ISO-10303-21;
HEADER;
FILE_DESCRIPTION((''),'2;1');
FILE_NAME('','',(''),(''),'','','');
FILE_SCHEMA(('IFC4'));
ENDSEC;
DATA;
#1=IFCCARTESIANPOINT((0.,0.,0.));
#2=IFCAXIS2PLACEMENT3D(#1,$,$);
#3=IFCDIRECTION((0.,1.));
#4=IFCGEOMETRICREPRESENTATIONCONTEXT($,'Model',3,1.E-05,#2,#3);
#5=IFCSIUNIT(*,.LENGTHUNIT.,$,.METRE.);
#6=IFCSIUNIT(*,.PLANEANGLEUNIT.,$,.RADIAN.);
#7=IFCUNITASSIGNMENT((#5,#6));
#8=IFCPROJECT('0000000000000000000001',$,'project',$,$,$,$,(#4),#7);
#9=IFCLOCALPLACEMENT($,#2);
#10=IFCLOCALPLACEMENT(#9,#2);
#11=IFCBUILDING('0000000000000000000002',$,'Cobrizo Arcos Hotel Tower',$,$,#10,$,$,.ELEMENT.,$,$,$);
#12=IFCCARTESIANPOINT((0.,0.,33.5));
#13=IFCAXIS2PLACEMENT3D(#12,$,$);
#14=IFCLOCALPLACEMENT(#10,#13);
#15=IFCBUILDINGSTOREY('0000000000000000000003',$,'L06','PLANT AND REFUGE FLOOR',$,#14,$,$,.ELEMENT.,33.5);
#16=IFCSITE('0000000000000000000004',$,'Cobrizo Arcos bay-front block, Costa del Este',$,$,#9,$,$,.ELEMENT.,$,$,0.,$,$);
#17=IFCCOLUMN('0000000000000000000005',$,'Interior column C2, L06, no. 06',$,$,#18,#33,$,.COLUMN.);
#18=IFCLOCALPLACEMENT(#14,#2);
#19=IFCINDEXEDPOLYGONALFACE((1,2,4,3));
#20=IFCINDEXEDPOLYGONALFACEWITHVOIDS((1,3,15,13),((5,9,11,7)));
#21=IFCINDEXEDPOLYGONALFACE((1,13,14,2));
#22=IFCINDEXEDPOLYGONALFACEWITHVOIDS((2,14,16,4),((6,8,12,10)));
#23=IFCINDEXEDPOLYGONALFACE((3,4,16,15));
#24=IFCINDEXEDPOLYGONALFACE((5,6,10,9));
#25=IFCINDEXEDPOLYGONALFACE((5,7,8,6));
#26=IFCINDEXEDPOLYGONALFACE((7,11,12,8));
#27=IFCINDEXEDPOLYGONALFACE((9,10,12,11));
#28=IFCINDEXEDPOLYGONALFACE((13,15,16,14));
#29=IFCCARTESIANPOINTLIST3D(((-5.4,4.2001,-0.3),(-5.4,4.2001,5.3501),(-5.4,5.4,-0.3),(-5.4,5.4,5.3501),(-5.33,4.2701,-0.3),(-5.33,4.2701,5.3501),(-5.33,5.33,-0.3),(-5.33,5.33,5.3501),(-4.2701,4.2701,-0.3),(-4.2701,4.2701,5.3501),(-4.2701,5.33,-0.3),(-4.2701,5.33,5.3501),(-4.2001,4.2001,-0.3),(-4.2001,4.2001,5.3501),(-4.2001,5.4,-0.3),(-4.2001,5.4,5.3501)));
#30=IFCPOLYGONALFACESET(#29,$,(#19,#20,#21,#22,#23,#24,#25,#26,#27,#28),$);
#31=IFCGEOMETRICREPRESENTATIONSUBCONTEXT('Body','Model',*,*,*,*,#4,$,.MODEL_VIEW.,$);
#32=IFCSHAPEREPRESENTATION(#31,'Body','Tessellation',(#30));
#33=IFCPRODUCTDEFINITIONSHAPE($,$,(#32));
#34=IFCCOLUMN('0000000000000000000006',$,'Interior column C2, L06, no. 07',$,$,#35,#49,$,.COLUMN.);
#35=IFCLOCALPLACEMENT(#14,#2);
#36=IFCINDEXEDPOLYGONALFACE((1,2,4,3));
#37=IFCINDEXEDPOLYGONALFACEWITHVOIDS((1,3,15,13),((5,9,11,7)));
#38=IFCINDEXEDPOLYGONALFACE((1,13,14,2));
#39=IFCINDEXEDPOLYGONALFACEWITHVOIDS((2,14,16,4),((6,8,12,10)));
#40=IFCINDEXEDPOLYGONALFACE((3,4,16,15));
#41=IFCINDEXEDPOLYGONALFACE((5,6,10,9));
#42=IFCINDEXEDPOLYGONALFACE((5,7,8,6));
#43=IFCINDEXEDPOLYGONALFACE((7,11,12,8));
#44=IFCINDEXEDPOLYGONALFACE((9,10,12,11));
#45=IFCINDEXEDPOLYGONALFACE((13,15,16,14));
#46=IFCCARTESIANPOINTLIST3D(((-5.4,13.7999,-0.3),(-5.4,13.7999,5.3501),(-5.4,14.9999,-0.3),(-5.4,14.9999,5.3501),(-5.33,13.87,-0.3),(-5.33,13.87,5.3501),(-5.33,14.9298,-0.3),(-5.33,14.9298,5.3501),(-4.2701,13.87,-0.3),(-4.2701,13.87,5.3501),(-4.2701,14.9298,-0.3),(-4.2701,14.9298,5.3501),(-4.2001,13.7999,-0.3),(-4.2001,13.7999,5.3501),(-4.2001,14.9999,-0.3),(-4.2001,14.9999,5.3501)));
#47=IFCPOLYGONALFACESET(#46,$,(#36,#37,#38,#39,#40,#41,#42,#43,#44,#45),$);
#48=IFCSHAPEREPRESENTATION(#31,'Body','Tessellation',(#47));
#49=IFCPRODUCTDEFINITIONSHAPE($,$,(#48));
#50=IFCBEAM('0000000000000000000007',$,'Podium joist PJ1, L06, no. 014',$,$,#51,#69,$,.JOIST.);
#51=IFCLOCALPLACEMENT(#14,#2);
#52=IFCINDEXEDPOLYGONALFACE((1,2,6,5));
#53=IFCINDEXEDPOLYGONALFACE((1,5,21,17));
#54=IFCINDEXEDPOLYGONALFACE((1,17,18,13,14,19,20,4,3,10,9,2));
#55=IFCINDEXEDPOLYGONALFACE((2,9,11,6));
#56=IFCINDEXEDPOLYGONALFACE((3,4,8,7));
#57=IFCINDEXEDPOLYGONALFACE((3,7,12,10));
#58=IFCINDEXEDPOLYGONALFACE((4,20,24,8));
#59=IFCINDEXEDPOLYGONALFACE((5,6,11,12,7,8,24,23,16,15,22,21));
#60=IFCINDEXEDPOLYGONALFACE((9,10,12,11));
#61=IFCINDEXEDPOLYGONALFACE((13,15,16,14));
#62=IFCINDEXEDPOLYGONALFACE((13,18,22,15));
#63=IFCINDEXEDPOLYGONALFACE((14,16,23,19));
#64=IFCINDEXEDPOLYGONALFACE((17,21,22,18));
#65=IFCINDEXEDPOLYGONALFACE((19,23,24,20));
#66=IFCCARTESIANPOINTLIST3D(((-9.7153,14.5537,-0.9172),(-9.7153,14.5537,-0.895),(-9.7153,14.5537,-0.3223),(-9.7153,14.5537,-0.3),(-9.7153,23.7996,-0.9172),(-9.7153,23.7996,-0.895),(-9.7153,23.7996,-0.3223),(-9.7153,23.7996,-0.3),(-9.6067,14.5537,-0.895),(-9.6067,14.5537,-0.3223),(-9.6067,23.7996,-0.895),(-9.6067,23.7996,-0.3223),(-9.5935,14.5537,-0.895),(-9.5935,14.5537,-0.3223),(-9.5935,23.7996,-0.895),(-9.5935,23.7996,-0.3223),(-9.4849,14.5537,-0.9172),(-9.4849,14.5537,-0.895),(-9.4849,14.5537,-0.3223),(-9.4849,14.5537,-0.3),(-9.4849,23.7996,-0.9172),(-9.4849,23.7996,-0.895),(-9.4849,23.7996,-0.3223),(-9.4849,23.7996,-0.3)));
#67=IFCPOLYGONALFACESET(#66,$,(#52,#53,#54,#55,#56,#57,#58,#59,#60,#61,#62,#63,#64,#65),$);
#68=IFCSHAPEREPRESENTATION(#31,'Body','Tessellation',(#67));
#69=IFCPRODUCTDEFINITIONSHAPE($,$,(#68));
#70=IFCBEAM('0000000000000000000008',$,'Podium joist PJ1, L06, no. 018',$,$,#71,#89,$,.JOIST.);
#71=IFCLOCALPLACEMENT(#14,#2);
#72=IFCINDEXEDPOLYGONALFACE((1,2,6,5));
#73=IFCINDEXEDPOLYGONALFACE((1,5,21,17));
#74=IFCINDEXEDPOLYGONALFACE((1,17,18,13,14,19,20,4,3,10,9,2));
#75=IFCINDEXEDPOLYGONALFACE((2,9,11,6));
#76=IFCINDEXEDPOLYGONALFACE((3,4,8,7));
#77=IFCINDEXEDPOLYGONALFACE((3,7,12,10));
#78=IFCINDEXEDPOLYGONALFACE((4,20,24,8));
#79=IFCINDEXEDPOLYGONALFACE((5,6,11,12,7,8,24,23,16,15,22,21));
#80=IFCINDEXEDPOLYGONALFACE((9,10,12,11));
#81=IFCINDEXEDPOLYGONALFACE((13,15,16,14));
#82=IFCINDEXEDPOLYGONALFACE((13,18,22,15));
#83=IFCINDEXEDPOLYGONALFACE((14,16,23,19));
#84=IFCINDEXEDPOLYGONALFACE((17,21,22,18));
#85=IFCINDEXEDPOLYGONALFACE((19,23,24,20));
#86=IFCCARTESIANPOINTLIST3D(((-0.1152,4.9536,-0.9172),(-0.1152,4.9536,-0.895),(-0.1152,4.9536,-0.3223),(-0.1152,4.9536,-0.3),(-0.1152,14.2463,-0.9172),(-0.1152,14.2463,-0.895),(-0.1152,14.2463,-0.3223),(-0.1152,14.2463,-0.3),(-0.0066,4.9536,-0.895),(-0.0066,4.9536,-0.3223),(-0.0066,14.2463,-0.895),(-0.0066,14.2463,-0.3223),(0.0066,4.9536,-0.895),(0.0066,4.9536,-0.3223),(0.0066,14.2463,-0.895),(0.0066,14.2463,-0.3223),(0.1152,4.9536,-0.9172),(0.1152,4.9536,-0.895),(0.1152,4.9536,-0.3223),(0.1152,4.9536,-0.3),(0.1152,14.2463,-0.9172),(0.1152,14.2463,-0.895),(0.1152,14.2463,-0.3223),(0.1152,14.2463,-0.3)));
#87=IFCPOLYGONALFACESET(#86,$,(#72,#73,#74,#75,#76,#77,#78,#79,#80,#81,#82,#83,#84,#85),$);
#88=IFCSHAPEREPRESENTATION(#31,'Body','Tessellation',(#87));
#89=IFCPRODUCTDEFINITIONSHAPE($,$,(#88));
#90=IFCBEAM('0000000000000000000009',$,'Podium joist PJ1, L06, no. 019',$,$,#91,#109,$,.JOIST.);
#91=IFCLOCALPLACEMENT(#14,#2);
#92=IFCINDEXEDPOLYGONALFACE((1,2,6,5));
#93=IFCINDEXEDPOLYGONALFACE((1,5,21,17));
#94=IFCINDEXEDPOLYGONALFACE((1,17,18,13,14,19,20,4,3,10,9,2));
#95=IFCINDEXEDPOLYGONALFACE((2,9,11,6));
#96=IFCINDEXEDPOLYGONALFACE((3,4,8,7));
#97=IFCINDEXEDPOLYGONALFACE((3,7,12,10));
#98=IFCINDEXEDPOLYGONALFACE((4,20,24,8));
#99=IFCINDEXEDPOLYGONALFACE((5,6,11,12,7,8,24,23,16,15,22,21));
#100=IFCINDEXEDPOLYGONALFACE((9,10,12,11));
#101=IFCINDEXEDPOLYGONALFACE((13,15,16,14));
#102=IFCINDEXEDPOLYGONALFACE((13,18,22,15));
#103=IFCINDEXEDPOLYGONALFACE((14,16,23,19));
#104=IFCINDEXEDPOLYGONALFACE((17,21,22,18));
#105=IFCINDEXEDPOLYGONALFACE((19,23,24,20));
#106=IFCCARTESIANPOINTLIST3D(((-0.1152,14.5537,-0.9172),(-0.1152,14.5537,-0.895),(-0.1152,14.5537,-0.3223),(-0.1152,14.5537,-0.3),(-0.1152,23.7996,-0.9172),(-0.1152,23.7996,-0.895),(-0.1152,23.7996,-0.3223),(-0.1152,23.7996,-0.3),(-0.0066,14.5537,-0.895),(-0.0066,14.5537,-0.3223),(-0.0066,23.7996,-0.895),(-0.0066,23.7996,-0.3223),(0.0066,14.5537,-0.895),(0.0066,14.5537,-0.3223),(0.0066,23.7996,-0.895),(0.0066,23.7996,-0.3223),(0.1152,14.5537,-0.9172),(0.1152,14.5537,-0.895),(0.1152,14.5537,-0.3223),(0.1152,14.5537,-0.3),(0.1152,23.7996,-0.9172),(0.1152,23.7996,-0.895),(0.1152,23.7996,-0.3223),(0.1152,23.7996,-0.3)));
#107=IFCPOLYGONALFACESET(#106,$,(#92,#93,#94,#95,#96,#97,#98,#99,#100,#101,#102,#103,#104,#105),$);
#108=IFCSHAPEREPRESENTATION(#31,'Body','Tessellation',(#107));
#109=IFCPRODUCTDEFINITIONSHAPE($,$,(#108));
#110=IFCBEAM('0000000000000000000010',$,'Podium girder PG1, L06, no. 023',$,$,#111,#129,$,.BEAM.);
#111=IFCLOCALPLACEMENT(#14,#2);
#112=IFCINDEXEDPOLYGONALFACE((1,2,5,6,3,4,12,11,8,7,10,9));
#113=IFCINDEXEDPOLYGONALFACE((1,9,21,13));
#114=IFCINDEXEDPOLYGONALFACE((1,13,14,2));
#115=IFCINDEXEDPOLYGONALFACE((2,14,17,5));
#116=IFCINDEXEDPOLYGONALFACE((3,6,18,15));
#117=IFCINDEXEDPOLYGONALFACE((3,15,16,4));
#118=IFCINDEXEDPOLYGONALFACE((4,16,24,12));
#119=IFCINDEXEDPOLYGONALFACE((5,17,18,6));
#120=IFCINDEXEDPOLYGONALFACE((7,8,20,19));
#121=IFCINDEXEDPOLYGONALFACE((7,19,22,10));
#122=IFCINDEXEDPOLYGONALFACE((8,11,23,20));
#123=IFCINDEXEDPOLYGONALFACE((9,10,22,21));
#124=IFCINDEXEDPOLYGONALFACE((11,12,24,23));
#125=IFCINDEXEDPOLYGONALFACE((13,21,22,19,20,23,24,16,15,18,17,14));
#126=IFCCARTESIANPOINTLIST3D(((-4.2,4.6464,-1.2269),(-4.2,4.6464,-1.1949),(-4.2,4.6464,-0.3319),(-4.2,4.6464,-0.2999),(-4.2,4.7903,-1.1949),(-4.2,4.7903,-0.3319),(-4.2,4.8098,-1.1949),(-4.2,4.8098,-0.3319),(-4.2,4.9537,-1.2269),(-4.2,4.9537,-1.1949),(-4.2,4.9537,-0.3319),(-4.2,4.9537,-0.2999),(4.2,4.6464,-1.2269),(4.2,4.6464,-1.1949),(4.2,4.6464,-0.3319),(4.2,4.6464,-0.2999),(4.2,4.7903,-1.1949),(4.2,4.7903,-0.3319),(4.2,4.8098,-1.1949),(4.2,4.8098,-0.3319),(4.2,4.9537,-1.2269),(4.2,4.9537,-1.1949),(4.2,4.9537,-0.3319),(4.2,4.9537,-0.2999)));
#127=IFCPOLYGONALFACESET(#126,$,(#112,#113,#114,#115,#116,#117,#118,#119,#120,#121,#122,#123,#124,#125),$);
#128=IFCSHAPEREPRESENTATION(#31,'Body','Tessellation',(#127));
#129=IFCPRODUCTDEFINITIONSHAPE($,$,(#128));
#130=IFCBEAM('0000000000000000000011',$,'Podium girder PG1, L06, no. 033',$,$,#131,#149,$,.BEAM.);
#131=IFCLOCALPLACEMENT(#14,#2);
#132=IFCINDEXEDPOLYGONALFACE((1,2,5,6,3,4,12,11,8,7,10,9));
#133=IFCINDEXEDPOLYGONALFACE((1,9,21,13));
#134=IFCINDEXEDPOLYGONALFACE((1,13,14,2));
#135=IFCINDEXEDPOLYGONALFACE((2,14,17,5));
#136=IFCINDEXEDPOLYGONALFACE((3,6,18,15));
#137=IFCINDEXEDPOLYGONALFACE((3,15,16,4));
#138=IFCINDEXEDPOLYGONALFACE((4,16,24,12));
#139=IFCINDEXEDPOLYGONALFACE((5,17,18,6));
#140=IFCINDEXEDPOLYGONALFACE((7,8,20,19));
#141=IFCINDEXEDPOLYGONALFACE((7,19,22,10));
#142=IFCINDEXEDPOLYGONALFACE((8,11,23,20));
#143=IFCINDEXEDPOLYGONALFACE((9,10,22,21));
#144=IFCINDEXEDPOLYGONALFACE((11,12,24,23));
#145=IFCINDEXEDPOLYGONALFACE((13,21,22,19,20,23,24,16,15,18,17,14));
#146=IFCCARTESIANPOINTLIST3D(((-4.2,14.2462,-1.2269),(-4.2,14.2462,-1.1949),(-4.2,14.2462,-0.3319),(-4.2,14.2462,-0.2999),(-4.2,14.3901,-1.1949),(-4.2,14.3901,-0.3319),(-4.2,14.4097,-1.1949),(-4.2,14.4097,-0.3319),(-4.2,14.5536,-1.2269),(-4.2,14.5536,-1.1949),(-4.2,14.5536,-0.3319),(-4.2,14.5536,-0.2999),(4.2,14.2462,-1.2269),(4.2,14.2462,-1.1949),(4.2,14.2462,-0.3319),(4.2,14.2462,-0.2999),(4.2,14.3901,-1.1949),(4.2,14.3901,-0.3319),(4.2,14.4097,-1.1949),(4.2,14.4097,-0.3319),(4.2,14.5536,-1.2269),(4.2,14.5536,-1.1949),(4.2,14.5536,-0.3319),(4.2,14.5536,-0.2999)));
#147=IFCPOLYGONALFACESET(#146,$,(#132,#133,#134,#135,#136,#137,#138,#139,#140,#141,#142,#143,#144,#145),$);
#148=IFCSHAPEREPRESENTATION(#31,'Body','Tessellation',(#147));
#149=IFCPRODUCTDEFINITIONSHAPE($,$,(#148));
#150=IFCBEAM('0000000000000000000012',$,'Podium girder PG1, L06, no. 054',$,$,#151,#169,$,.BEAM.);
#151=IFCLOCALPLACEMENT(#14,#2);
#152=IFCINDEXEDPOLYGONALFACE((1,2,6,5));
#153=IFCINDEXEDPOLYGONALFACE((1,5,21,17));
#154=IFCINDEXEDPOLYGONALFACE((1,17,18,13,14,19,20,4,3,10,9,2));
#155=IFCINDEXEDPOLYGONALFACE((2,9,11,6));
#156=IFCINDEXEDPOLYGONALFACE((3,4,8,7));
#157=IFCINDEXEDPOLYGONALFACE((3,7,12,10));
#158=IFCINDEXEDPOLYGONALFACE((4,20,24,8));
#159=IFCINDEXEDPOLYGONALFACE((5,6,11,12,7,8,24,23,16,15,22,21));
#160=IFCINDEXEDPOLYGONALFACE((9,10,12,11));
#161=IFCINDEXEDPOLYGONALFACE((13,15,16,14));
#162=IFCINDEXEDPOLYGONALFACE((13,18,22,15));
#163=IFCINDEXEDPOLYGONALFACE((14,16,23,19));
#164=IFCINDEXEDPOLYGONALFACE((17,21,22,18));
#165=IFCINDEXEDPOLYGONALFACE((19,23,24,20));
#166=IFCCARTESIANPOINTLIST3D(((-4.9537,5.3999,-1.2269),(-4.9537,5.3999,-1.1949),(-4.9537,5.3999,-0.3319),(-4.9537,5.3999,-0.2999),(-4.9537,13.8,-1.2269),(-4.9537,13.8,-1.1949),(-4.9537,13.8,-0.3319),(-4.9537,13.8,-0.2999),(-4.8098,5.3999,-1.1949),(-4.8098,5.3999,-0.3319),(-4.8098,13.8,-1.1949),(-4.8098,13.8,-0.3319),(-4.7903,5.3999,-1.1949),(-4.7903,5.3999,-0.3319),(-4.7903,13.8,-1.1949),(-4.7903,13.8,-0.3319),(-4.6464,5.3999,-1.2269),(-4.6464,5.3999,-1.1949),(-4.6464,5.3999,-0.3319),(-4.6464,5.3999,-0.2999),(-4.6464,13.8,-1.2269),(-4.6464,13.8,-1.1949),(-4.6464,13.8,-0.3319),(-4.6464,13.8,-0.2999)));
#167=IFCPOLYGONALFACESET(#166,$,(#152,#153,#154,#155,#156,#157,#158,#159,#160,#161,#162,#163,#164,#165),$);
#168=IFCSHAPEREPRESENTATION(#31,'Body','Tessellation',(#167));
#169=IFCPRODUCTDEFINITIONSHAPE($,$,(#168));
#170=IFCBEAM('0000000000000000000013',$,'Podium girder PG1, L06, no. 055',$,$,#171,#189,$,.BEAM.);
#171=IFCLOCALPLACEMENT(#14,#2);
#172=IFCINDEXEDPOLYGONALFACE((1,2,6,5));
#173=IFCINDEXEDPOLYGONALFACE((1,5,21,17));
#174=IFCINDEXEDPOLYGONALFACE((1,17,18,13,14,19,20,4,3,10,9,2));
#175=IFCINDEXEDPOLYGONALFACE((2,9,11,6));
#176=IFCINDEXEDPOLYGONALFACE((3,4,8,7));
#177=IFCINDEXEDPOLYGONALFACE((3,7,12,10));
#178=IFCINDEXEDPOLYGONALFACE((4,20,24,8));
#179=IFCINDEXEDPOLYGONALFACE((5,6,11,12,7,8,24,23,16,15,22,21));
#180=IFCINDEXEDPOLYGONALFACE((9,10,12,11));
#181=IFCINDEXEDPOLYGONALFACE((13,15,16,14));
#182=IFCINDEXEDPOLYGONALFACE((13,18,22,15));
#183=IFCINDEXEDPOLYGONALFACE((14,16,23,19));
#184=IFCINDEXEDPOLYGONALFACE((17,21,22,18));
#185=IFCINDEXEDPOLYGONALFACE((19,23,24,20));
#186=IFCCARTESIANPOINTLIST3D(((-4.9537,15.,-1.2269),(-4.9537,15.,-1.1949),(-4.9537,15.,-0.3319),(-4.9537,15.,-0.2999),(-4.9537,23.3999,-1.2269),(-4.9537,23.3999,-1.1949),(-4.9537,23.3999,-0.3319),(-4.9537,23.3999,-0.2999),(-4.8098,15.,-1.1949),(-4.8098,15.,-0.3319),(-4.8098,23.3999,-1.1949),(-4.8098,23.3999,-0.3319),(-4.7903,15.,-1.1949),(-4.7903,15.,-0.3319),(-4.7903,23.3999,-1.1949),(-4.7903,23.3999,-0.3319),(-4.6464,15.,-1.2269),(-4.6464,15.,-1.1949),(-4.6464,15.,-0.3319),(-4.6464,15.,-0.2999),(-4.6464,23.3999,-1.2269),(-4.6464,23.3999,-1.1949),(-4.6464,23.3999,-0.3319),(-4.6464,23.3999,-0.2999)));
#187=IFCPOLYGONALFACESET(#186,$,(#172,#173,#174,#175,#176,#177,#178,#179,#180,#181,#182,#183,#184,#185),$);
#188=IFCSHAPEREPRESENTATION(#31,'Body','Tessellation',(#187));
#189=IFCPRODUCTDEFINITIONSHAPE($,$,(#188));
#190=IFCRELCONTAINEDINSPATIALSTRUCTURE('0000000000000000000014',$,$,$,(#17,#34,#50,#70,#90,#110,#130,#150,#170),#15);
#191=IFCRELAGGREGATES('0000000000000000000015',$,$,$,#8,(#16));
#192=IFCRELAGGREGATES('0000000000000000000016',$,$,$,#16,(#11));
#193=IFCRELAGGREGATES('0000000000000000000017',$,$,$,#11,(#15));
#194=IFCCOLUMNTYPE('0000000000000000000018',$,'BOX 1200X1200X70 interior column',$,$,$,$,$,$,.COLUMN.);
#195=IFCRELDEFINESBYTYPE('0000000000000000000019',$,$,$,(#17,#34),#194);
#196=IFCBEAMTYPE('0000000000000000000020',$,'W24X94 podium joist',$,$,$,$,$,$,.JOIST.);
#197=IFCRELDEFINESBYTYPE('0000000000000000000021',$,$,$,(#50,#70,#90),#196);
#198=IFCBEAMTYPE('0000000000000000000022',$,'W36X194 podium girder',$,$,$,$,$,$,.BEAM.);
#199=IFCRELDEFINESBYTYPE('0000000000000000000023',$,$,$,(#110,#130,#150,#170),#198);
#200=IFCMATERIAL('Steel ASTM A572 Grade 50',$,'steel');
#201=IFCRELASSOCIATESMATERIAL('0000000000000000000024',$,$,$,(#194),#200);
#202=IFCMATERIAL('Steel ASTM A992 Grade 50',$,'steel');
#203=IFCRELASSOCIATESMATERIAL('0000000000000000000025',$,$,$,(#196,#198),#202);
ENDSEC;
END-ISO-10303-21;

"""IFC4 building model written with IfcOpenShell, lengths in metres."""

from ifc_helpers import new_model, si_unit, direction, frame, origin, origin_2d, place, context, subcontext, project, spatial, hollow_rectangle, i_section, extrude, material, material_profile, profile_set, type_object, element, save


model = new_model("IFC4")

# Units and contexts
model_context = context("Model", 3, precision=1e-05, world=origin(), true_north=direction((0.0, 1.0)))
body_context = subcontext(model_context, "Body", "Model", "MODEL_VIEW")
ifc_project = project(units=[si_unit("LENGTHUNIT", "METRE"), si_unit("PLANEANGLEUNIT", "RADIAN")], contexts=[model_context])

# Site, building, storey
site_placement = place(None, origin())
site = spatial("IfcSite", under=ifc_project, at=site_placement, Name="Cobrizo Arcos bay-front block, Costa del Este", CompositionType="ELEMENT", RefElevation=0.0)
building_placement = place(site_placement, origin())
building = spatial("IfcBuilding", under=site, at=building_placement, Name="Cobrizo Arcos Hotel Tower", CompositionType="ELEMENT")
storey_placement = place(building_placement, frame((0.0, 0.0, 33.5)))
storey = spatial("IfcBuildingStorey", under=building, at=storey_placement, Name="L06", Description="PLANT AND REFUGE FLOOR", CompositionType="ELEMENT", Elevation=33.5)

# Columns
ifc_material_1 = material(Name="Steel ASTM A572 Grade 50", Category="steel")
ifc_material_profile_1 = material_profile(ifc_material_1, hollow_rectangle(XDim=1.2, YDim=1.2, WallThickness=0.0701, at=origin_2d()), Name="BOX 1200X1200X70")
ifc_profile_set_1 = profile_set([ifc_material_profile_1], Name="Steel ASTM A572 Grade 50")
column_type = type_object("IfcColumnType", Name="BOX 1200X1200X70 interior column", PredefinedType="COLUMN", material=ifc_profile_set_1)
for number, where, z_axis, x_axis, name in (
    (1, (-4.8, 4.8, -0.3), (0.0, 0.0, 1.0), (1.0, 0.0, 0.0), "Interior column C2, L06, no. 06"),
    (2, (-4.8, 14.3999, -0.3), (0.0, 0.0, 1.0), (1.0, 0.0, 0.0), "Interior column C2, L06, no. 07"),
):
    element("IfcColumn", number, at=place(storey_placement, frame(where, z_axis=z_axis, x_axis=x_axis)), inside=storey, type_object=column_type, Name=name, PredefinedType="COLUMN", context=body_context, shape_type="SweptSolid", body=[
        extrude(hollow_rectangle(XDim=1.2, YDim=1.2, WallThickness=0.0701, at=origin_2d()), origin(), (0.0, 0.0, 1.0), 5.6501),
    ])

# Beams
ifc_material_2 = material(Name="Steel ASTM A992 Grade 50", Category="steel")
ifc_material_profile_2 = material_profile(ifc_material_2, i_section(OverallWidth=0.2305, OverallDepth=0.6172, WebThickness=0.0132, FlangeThickness=0.0222, at=origin_2d()), Name="W24X94")
ifc_profile_set_2 = profile_set([ifc_material_profile_2], Name="Steel ASTM A992 Grade 50")
beam_type_1 = type_object("IfcBeamType", Name="W24X94 podium joist", PredefinedType="JOIST", material=ifc_profile_set_2)
beam_1_placement = place(storey_placement, frame((-9.6001, 14.5537, -0.6086), z_axis=(0.0, 1.0, 0.0), x_axis=(-1.0, 0.0, 0.0)))
element("IfcBeam", 3, at=beam_1_placement, inside=storey, type_object=beam_type_1, Name="Podium joist PJ1, L06, no. 014", PredefinedType="JOIST", context=body_context, shape_type="SweptSolid", body=[
    extrude(i_section(OverallWidth=0.2305, OverallDepth=0.6172, WebThickness=0.0132, FlangeThickness=0.0222, at=origin_2d()), origin(), (0.0, 0.0, 1.0), 9.2458),
])
beam_2_placement = place(storey_placement, frame((0.0, 4.9536, -0.6086), z_axis=(0.0, 1.0, 0.0), x_axis=(-1.0, 0.0, 0.0)))
element("IfcBeam", 4, at=beam_2_placement, inside=storey, type_object=beam_type_1, Name="Podium joist PJ1, L06, no. 018", PredefinedType="JOIST", context=body_context, shape_type="SweptSolid", body=[
    extrude(i_section(OverallWidth=0.2305, OverallDepth=0.6172, WebThickness=0.0132, FlangeThickness=0.0222, at=origin_2d()), origin(), (0.0, 0.0, 1.0), 9.2927),
])
beam_3_placement = place(storey_placement, frame((0.0, 14.5537, -0.6086), z_axis=(0.0, 1.0, 0.0), x_axis=(-1.0, 0.0, 0.0)))
element("IfcBeam", 5, at=beam_3_placement, inside=storey, type_object=beam_type_1, Name="Podium joist PJ1, L06, no. 019", PredefinedType="JOIST", context=body_context, shape_type="SweptSolid", body=[
    extrude(i_section(OverallWidth=0.2305, OverallDepth=0.6172, WebThickness=0.0132, FlangeThickness=0.0222, at=origin_2d()), origin(), (0.0, 0.0, 1.0), 9.2458),
])
ifc_material_profile_3 = material_profile(ifc_material_2, i_section(OverallWidth=0.3074, OverallDepth=0.927, WebThickness=0.0195, FlangeThickness=0.032, at=origin_2d()), Name="W36X194")
ifc_profile_set_3 = profile_set([ifc_material_profile_3], Name="Steel ASTM A992 Grade 50")
beam_type_2 = type_object("IfcBeamType", Name="W36X194 podium girder", PredefinedType="BEAM", material=ifc_profile_set_3)
for number, where, z_axis, x_axis, name in (
    (6, (-4.2, 4.8, -0.7634), (1.0, 0.0, 0.0), (0.0, 1.0, 0.0), "Podium girder PG1, L06, no. 023"),
    (7, (-4.2, 14.3999, -0.7634), (1.0, 0.0, 0.0), (0.0, 1.0, 0.0), "Podium girder PG1, L06, no. 033"),
):
    element("IfcBeam", number, at=place(storey_placement, frame(where, z_axis=z_axis, x_axis=x_axis)), inside=storey, type_object=beam_type_2, Name=name, PredefinedType="BEAM", context=body_context, shape_type="SweptSolid", body=[
        extrude(i_section(OverallWidth=0.3074, OverallDepth=0.927, WebThickness=0.0195, FlangeThickness=0.032, at=origin_2d()), origin(), (0.0, 0.0, 1.0), 8.3999),
    ])
beam_4_placement = place(storey_placement, frame((-4.8, 5.3999, -0.7634), z_axis=(0.0, 1.0, 0.0), x_axis=(-1.0, 0.0, 0.0)))
element("IfcBeam", 8, at=beam_4_placement, inside=storey, type_object=beam_type_2, Name="Podium girder PG1, L06, no. 054", PredefinedType="BEAM", context=body_context, shape_type="SweptSolid", body=[
    extrude(i_section(OverallWidth=0.3074, OverallDepth=0.927, WebThickness=0.0195, FlangeThickness=0.032, at=origin_2d()), origin(), (0.0, 0.0, 1.0), 8.4001),
])
beam_5_placement = place(storey_placement, frame((-4.8, 15.0, -0.7634), z_axis=(0.0, 1.0, 0.0), x_axis=(-1.0, 0.0, 0.0)))
element("IfcBeam", 9, at=beam_5_placement, inside=storey, type_object=beam_type_2, Name="Podium girder PG1, L06, no. 055", PredefinedType="BEAM", context=body_context, shape_type="SweptSolid", body=[
    extrude(i_section(OverallWidth=0.3074, OverallDepth=0.927, WebThickness=0.0195, FlangeThickness=0.032, at=origin_2d()), origin(), (0.0, 0.0, 1.0), 8.3999),
])

save(model, "model.ifc")
